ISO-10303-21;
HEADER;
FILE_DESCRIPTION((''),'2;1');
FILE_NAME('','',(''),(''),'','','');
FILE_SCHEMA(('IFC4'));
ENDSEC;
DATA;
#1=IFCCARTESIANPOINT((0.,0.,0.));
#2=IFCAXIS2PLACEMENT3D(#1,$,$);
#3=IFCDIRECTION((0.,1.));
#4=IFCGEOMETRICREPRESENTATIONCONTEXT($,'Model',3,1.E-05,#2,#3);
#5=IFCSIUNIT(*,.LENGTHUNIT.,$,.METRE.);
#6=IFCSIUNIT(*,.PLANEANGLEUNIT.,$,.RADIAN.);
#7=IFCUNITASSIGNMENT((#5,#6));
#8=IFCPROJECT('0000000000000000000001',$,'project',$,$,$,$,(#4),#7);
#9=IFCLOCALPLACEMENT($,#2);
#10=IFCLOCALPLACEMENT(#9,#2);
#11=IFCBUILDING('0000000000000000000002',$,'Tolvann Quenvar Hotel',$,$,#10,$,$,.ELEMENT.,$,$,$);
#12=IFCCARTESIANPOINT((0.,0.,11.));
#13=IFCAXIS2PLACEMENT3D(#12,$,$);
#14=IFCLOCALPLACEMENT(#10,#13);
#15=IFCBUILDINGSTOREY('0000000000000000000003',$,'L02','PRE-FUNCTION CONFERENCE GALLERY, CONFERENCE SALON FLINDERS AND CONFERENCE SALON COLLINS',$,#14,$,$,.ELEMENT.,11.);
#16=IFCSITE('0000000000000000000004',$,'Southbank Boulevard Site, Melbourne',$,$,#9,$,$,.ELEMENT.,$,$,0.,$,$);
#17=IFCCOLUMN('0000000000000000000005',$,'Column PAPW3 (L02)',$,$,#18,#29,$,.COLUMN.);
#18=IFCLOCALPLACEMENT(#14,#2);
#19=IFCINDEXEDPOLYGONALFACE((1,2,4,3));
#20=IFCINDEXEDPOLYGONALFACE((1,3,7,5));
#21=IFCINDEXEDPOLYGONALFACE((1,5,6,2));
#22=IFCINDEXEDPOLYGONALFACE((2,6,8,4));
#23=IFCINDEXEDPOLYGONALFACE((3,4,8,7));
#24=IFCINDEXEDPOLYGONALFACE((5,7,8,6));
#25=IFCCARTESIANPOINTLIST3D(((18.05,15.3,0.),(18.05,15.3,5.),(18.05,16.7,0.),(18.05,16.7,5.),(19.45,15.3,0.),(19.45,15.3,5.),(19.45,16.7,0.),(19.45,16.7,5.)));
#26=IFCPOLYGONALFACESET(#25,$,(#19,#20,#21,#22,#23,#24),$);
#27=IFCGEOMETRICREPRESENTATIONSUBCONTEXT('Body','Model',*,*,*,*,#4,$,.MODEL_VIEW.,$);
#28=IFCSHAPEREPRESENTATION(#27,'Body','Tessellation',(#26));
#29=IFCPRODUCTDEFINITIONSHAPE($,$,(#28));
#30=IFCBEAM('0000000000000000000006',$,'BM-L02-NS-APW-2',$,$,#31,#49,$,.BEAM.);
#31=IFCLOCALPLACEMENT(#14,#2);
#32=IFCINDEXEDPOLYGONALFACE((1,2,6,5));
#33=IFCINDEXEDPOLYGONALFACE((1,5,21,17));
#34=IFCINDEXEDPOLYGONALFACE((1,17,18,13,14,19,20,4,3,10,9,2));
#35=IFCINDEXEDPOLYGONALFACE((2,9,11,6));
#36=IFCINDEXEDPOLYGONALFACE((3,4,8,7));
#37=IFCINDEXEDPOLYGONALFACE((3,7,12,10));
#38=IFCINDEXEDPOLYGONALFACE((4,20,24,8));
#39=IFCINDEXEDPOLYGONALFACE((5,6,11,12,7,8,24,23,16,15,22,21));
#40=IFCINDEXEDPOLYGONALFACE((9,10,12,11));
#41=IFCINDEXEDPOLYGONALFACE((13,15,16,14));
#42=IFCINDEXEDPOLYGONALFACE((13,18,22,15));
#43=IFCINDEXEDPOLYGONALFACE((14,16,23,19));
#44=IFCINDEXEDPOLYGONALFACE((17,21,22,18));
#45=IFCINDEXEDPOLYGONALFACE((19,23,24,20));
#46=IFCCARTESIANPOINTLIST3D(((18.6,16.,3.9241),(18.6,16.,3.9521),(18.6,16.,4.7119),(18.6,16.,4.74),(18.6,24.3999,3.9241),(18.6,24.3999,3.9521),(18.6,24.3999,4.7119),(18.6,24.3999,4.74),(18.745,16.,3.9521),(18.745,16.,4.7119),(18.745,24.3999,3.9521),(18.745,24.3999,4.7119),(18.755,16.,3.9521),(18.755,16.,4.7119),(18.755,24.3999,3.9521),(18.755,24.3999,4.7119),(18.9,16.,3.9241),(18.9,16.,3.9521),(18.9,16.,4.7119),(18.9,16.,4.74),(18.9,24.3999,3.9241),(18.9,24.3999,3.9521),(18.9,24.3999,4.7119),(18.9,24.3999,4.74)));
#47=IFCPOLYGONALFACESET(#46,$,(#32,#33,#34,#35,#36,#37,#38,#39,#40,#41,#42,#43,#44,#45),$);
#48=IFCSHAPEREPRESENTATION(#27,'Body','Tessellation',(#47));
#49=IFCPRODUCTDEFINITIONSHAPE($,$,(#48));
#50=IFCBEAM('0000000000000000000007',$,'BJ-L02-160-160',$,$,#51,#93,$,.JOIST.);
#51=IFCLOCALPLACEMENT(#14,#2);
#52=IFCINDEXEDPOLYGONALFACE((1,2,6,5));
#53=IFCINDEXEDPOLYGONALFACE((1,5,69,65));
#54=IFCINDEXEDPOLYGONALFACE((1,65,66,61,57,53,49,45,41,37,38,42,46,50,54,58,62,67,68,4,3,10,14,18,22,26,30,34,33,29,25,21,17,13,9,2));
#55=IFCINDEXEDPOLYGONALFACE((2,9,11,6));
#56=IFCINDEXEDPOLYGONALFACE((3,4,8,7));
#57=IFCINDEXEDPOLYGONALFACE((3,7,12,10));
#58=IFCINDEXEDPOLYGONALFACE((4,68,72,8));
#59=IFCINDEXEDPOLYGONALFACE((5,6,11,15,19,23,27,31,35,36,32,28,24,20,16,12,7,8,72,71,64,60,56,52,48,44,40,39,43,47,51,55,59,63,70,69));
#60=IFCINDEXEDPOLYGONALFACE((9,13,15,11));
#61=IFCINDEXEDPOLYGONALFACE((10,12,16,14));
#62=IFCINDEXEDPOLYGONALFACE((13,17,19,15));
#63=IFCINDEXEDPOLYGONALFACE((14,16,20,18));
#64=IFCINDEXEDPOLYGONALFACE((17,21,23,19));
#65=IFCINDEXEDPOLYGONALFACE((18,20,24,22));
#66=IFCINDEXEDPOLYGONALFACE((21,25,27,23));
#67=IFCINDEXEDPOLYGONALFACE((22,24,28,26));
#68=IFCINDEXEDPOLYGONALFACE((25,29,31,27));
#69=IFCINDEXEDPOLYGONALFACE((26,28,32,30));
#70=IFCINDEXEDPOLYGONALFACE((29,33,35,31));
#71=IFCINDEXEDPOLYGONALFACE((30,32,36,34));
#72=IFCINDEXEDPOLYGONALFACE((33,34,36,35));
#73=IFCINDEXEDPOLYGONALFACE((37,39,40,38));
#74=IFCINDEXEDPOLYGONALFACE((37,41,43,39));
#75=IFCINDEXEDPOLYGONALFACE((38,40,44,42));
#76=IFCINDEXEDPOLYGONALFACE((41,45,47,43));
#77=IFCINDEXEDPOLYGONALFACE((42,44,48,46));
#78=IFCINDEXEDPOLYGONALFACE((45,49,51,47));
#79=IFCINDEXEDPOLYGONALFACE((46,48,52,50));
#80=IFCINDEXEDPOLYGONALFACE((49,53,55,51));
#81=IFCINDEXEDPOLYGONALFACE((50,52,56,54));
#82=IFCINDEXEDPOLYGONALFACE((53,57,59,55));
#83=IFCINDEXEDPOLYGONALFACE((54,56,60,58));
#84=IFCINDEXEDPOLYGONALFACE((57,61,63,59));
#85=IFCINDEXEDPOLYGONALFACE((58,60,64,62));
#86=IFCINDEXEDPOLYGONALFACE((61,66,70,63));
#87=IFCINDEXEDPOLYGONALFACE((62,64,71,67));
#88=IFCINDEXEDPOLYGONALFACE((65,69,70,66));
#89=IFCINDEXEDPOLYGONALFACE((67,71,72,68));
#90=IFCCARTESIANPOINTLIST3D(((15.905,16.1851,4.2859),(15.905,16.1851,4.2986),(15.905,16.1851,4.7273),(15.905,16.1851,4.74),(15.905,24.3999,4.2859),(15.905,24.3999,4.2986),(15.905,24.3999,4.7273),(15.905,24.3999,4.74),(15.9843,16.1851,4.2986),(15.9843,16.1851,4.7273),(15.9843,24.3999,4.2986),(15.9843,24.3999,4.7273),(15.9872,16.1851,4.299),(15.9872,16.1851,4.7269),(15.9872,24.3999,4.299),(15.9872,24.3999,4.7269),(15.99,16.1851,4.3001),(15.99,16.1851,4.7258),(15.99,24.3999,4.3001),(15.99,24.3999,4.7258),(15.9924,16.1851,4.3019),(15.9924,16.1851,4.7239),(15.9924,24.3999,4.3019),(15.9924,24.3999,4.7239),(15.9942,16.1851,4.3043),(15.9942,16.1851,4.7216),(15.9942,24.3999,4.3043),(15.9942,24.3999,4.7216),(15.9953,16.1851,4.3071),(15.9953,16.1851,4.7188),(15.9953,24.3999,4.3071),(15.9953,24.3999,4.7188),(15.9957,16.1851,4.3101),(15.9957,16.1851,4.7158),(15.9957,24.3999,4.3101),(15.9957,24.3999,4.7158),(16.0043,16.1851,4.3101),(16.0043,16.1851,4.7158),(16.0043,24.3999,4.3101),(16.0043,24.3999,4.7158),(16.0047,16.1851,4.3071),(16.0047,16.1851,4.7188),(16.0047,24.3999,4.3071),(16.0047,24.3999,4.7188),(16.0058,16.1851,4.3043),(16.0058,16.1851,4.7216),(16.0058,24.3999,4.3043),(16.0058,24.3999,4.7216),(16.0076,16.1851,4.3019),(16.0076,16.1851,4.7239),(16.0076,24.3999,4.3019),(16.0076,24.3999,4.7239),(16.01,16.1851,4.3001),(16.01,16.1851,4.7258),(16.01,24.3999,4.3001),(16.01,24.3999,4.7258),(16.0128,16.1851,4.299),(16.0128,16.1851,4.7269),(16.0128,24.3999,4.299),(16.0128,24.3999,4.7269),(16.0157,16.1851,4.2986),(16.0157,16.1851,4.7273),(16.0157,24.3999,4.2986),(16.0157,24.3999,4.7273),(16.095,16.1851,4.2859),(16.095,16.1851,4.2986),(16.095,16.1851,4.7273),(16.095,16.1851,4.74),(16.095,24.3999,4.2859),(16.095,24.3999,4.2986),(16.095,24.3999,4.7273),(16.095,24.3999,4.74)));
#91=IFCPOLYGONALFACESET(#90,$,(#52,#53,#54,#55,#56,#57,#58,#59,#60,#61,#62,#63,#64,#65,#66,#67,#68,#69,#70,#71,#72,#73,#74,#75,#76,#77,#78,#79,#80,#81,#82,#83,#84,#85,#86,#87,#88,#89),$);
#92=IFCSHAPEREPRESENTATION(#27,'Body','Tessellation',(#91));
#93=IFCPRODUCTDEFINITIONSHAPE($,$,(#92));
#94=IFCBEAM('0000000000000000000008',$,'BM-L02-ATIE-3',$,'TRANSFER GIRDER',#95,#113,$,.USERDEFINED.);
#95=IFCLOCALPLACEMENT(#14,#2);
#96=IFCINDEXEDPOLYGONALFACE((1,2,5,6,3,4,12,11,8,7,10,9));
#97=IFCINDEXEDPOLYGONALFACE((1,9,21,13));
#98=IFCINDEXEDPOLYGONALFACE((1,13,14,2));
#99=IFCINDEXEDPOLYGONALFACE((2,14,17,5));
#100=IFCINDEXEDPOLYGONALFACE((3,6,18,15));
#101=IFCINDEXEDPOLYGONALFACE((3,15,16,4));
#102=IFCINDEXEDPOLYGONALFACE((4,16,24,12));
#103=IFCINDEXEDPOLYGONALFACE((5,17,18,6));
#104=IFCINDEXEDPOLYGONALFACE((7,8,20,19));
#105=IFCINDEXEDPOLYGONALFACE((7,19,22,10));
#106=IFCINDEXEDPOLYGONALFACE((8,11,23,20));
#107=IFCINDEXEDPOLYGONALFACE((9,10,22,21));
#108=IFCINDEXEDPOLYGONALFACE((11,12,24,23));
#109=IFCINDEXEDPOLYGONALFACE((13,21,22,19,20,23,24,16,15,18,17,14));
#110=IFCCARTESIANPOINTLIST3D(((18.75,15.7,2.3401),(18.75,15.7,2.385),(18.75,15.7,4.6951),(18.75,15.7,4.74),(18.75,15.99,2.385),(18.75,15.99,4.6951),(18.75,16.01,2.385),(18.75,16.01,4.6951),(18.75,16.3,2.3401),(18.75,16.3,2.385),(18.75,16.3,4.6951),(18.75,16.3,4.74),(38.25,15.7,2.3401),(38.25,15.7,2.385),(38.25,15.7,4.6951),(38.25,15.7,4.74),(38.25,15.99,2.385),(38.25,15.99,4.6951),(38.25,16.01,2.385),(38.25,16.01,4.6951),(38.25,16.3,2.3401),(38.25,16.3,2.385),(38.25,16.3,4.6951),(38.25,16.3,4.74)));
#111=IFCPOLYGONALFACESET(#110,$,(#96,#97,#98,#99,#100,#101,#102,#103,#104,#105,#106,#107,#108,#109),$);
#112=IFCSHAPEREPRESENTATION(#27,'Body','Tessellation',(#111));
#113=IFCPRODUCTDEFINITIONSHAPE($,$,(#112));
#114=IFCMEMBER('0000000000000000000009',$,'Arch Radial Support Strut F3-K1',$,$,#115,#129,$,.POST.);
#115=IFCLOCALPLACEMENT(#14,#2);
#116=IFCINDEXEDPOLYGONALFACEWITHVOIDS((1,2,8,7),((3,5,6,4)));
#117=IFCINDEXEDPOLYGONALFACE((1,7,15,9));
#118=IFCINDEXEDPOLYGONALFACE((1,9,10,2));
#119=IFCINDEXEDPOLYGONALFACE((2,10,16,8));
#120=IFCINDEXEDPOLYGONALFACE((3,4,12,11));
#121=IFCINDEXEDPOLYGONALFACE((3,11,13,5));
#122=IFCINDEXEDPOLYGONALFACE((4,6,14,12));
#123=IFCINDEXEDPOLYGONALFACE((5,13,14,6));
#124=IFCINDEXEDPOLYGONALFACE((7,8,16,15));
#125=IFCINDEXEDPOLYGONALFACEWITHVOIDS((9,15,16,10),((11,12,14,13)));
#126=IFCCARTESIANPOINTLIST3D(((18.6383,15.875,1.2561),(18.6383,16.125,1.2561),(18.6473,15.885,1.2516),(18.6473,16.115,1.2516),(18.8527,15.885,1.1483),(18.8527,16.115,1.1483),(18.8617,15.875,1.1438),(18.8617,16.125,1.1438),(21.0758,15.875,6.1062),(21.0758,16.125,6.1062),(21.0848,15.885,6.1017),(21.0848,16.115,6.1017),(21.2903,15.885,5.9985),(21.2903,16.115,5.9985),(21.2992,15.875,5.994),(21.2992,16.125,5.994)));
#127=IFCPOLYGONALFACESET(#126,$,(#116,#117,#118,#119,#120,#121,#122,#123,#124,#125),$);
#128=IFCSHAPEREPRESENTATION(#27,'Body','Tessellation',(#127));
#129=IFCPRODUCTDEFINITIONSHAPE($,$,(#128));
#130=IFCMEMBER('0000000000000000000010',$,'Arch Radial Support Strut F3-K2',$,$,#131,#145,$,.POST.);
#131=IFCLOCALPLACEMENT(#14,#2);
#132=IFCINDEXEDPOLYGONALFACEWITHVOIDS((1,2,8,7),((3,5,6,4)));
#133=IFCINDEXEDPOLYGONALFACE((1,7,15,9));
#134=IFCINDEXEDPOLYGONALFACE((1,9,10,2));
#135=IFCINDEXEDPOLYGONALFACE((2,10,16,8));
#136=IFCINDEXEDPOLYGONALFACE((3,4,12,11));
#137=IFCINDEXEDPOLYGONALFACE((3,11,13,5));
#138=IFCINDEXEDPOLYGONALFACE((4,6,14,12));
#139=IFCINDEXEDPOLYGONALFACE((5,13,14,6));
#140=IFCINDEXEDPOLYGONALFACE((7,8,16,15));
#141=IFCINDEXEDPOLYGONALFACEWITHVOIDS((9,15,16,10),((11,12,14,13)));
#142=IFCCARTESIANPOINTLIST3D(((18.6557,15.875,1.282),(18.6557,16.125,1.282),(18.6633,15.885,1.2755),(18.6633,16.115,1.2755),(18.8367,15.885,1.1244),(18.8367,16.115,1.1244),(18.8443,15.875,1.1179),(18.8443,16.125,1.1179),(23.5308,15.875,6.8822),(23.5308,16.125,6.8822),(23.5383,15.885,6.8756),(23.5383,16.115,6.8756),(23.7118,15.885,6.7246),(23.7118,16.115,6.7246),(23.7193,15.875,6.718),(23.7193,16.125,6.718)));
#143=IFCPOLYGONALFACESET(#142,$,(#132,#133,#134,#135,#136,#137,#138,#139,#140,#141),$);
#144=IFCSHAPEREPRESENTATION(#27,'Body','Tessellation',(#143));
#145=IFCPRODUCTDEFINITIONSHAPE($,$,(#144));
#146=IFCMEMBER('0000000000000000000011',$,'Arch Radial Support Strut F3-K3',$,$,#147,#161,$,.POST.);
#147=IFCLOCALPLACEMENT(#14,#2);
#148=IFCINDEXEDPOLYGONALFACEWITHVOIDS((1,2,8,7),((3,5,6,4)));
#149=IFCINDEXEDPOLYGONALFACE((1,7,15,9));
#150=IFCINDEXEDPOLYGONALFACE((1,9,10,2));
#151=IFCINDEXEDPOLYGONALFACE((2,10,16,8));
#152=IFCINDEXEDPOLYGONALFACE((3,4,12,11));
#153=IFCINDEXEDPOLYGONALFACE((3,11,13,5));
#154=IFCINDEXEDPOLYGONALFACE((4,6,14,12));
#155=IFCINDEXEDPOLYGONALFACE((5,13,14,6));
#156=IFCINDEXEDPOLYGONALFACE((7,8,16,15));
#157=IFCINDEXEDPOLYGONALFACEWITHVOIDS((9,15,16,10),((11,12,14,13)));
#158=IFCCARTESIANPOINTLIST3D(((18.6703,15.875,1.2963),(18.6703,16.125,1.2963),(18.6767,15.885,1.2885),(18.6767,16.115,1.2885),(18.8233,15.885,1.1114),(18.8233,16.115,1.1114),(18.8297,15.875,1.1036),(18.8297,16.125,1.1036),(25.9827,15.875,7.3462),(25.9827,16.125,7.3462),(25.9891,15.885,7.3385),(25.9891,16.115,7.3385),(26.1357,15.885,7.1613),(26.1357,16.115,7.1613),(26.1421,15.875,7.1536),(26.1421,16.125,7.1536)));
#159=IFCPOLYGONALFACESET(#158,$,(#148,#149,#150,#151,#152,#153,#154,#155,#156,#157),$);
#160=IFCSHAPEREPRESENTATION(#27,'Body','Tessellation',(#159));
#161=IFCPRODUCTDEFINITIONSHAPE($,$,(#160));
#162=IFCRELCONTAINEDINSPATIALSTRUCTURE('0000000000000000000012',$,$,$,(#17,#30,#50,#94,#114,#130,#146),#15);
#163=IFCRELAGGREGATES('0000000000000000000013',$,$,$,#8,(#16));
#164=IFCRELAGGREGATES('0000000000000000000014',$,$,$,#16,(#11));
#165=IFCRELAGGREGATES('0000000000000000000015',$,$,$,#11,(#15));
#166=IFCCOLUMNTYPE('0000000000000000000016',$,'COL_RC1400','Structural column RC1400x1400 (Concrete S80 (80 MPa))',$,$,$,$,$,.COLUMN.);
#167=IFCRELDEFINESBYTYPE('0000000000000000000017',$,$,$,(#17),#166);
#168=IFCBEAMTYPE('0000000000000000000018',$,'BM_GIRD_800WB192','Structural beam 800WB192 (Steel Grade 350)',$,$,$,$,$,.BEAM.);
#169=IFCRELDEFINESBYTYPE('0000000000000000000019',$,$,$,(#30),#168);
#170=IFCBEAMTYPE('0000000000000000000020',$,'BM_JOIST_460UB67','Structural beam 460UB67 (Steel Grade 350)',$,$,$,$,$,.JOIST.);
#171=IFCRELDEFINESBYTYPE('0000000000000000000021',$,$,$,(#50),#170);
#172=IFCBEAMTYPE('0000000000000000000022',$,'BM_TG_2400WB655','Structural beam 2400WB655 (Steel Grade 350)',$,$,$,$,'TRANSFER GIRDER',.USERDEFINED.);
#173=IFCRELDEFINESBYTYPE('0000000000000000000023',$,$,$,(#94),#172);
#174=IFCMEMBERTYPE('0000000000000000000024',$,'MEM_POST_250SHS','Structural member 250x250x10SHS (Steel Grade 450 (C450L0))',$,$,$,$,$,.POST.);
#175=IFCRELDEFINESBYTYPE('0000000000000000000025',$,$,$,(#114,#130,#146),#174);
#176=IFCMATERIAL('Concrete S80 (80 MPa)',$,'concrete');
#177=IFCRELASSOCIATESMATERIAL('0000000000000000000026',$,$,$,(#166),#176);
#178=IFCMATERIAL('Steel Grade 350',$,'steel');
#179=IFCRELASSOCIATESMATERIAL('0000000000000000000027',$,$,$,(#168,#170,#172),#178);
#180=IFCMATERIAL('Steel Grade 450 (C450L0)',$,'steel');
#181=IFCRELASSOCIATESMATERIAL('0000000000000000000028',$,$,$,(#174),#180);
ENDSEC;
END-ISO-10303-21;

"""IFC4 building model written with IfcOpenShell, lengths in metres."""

from ifc_helpers import new_model, si_unit, direction, frame, origin, origin_2d, place, context, subcontext, project, spatial, rectangle, hollow_rectangle, i_section, extrude, source, transform, mapped, material, material_profile, profile_set, type_object, type_shapes, element, save


model = new_model("IFC4")

# Units and contexts
model_context = context("Model", 3, precision=1e-05, world=origin(), true_north=direction((0.0, 1.0)))
body_context = subcontext(model_context, "Body", "Model", "MODEL_VIEW")
ifc_project = project(units=[si_unit("LENGTHUNIT", "METRE"), si_unit("PLANEANGLEUNIT", "RADIAN")], contexts=[model_context])

# Site, building, storey
site_placement = place(None, origin())
site = spatial("IfcSite", under=ifc_project, at=site_placement, Name="Southbank Boulevard Site, Melbourne", CompositionType="ELEMENT", RefElevation=0.0)
building_placement = place(site_placement, origin())
building = spatial("IfcBuilding", under=site, at=building_placement, Name="Tolvann Quenvar Hotel", CompositionType="ELEMENT")
storey_placement = place(building_placement, frame((0.0, 0.0, 11.0)))
storey = spatial("IfcBuildingStorey", under=building, at=storey_placement, Name="L02", Description="PRE-FUNCTION CONFERENCE GALLERY, CONFERENCE SALON FLINDERS AND CONFERENCE SALON COLLINS", CompositionType="ELEMENT", Elevation=11.0)

# Column
ifc_material_1 = material(Name="Concrete S80 (80 MPa)", Category="concrete")
ifc_material_profile_1 = material_profile(ifc_material_1, rectangle(XDim=1.3999, YDim=1.3999, at=origin_2d()), Name="RC1400x1400")
ifc_profile_set_1 = profile_set([ifc_material_profile_1], Name="Concrete S80 (80 MPa)")
column_type = type_object("IfcColumnType", Name="COL_RC1400", Description="Structural column RC1400x1400 (Concrete S80 (80 MPa))", PredefinedType="COLUMN", material=ifc_profile_set_1)
shared_shape_1 = source(origin(), body_context, "Body", "SweptSolid", [
    extrude(rectangle(XDim=1.3999, YDim=1.3999, at=origin_2d()), origin(), (0.0, 0.0, 1.0), 5.0),
])
type_shapes(column_type, [shared_shape_1])
column_placement = place(storey_placement, frame((18.75, 16.0, 0.0), z_axis=(0.0, 0.0, 1.0), x_axis=(1.0, 0.0, 0.0)))
element("IfcColumn", 1, at=column_placement, inside=storey, type_object=column_type, Name="Column PAPW3 (L02)", PredefinedType="COLUMN", context=body_context, shape_type="MappedRepresentation", body=[
    mapped(shared_shape_1, transform((0.0, 0.0, 0.0), x_axis=(1.0, 0.0, 0.0), y_axis=(0.0, 1.0, 0.0), z_axis=(0.0, 0.0, 1.0), scale=1.0)),
])

# Beams
ifc_material_2 = material(Name="Steel Grade 350", Category="steel")
ifc_material_profile_2 = material_profile(ifc_material_2, i_section(OverallWidth=0.3, OverallDepth=0.8159, WebThickness=0.01, FlangeThickness=0.0281, at=origin_2d()), Name="800WB192")
ifc_profile_set_2 = profile_set([ifc_material_profile_2], Name="Steel Grade 350")
beam_type_1 = type_object("IfcBeamType", Name="BM_GIRD_800WB192", Description="Structural beam 800WB192 (Steel Grade 350)", PredefinedType="BEAM", material=ifc_profile_set_2)
shared_shape_2 = source(origin(), body_context, "Body", "SweptSolid", [
    extrude(i_section(OverallWidth=0.3, OverallDepth=0.8159, WebThickness=0.01, FlangeThickness=0.0281, at=origin_2d()), origin(), (0.0, 0.0, 1.0), 8.3999),
])
type_shapes(beam_type_1, [shared_shape_2])
beam_1_placement = place(storey_placement, frame((18.75, 16.0, 4.332), z_axis=(0.0, 1.0, 0.0), x_axis=(-1.0, 0.0, 0.0)))
element("IfcBeam", 2, at=beam_1_placement, inside=storey, type_object=beam_type_1, Name="BM-L02-NS-APW-2", PredefinedType="BEAM", context=body_context, shape_type="MappedRepresentation", body=[
    mapped(shared_shape_2, transform((0.0, 0.0, 0.0), x_axis=(1.0, 0.0, 0.0), y_axis=(0.0, 1.0, 0.0), z_axis=(0.0, 0.0, 1.0), scale=1.0)),
])
ifc_material_profile_3 = material_profile(ifc_material_2, i_section(OverallWidth=0.1899, OverallDepth=0.4541, WebThickness=0.0085, FlangeThickness=0.0127, FilletRadius=0.0115, at=origin_2d()), Name="460UB67")
ifc_profile_set_3 = profile_set([ifc_material_profile_3], Name="Steel Grade 350")
beam_type_2 = type_object("IfcBeamType", Name="BM_JOIST_460UB67", Description="Structural beam 460UB67 (Steel Grade 350)", PredefinedType="JOIST", material=ifc_profile_set_3)
shared_shape_3 = source(origin(), body_context, "Body", "SweptSolid", [
    extrude(i_section(OverallWidth=0.1899, OverallDepth=0.4541, WebThickness=0.0085, FlangeThickness=0.0127, FilletRadius=0.0115, at=origin_2d()), origin(), (0.0, 0.0, 1.0), 8.2148),
])
type_shapes(beam_type_2, [shared_shape_3])
beam_2_placement = place(storey_placement, frame((16.0, 16.1851, 4.5129), z_axis=(0.0, 1.0, 0.0), x_axis=(-1.0, 0.0, 0.0)))
element("IfcBeam", 3, at=beam_2_placement, inside=storey, type_object=beam_type_2, Name="BJ-L02-160-160", PredefinedType="JOIST", context=body_context, shape_type="MappedRepresentation", body=[
    mapped(shared_shape_3, transform((0.0, 0.0, 0.0), x_axis=(1.0, 0.0, 0.0), y_axis=(0.0, 1.0, 0.0), z_axis=(0.0, 0.0, 1.0), scale=1.0)),
])
ifc_material_profile_4 = material_profile(ifc_material_2, i_section(OverallWidth=0.6001, OverallDepth=2.3999, WebThickness=0.02, FlangeThickness=0.0449, at=origin_2d()), Name="2400WB655")
ifc_profile_set_4 = profile_set([ifc_material_profile_4], Name="Steel Grade 350")
beam_type_3 = type_object("IfcBeamType", Name="BM_TG_2400WB655", Description="Structural beam 2400WB655 (Steel Grade 350)", ElementType="TRANSFER GIRDER", PredefinedType="USERDEFINED", material=ifc_profile_set_4)
shared_shape_4 = source(origin(), body_context, "Body", "SweptSolid", [
    extrude(i_section(OverallWidth=0.6001, OverallDepth=2.3999, WebThickness=0.02, FlangeThickness=0.0449, at=origin_2d()), origin(), (0.0, 0.0, 1.0), 19.5),
])
type_shapes(beam_type_3, [shared_shape_4])
beam_3_placement = place(storey_placement, frame((18.75, 16.0, 3.54), z_axis=(1.0, 0.0, 0.0), x_axis=(0.0, 1.0, 0.0)))
element("IfcBeam", 4, at=beam_3_placement, inside=storey, type_object=beam_type_3, Name="BM-L02-ATIE-3", ObjectType="TRANSFER GIRDER", PredefinedType="USERDEFINED", context=body_context, shape_type="MappedRepresentation", body=[
    mapped(shared_shape_4, transform((0.0, 0.0, 0.0), x_axis=(1.0, 0.0, 0.0), y_axis=(0.0, 1.0, 0.0), z_axis=(0.0, 0.0, 1.0), scale=1.0)),
])

# Members
ifc_material_3 = material(Name="Steel Grade 450 (C450L0)", Category="steel")
ifc_material_profile_5 = material_profile(ifc_material_3, hollow_rectangle(XDim=0.25, YDim=0.25, WallThickness=0.01, at=origin_2d()), Name="250x250x10SHS")
ifc_profile_set_5 = profile_set([ifc_material_profile_5], Name="Steel Grade 450 (C450L0)")
member_type_1 = type_object("IfcMemberType", Name="MEM_POST_250SHS", Description="Structural member 250x250x10SHS (Steel Grade 450 (C450L0))", PredefinedType="POST", material=ifc_profile_set_5)
shared_shape_5 = source(origin(), body_context, "Body", "SweptSolid", [
    extrude(hollow_rectangle(XDim=0.25, YDim=0.25, WallThickness=0.01, at=origin_2d()), origin(), (0.0, 0.0, 1.0), 5.4282),
])
member_1_placement = place(storey_placement, frame((18.75, 16.0, 1.2), z_axis=(0.449048, 0.0, 0.893508), x_axis=(0.0, 1.0, 0.0)))
element("IfcMember", 5, at=member_1_placement, inside=storey, type_object=member_type_1, Name="Arch Radial Support Strut F3-K1", PredefinedType="POST", context=body_context, shape_type="MappedRepresentation", body=[
    mapped(shared_shape_5, transform((0.0, 0.0, 0.0), x_axis=(1.0, 0.0, 0.0), y_axis=(0.0, 1.0, 0.0), z_axis=(0.0, 0.0, 1.0), scale=1.0)),
])
shared_shape_6 = source(origin(), body_context, "Body", "SweptSolid", [
    extrude(hollow_rectangle(XDim=0.25, YDim=0.25, WallThickness=0.01, at=origin_2d()), origin(), (0.0, 0.0, 1.0), 7.4248),
])
member_2_placement = place(storey_placement, frame((18.75, 16.0, 1.2), z_axis=(0.656589, 0.0, 0.754249), x_axis=(0.0, 1.0, 0.0)))
element("IfcMember", 6, at=member_2_placement, inside=storey, type_object=member_type_1, Name="Arch Radial Support Strut F3-K2", PredefinedType="POST", context=body_context, shape_type="MappedRepresentation", body=[
    mapped(shared_shape_6, transform((0.0, 0.0, 0.0), x_axis=(1.0, 0.0, 0.0), y_axis=(0.0, 1.0, 0.0), z_axis=(0.0, 0.0, 1.0), scale=1.0)),
])
shared_shape_7 = source(origin(), body_context, "Body", "SweptSolid", [
    extrude(hollow_rectangle(XDim=0.25, YDim=0.25, WallThickness=0.01, at=origin_2d()), origin(), (0.0, 0.0, 1.0), 9.4907),
])
member_3_placement = place(storey_placement, frame((18.75, 16.0, 1.2), z_axis=(0.770481, 0.0, 0.637463), x_axis=(0.0, 1.0, 0.0)))
element("IfcMember", 7, at=member_3_placement, inside=storey, type_object=member_type_1, Name="Arch Radial Support Strut F3-K3", PredefinedType="POST", context=body_context, shape_type="MappedRepresentation", body=[
    mapped(shared_shape_7, transform((0.0, 0.0, 0.0), x_axis=(1.0, 0.0, 0.0), y_axis=(0.0, 1.0, 0.0), z_axis=(0.0, 0.0, 1.0), scale=1.0)),
])

save(model, "model.ifc")
